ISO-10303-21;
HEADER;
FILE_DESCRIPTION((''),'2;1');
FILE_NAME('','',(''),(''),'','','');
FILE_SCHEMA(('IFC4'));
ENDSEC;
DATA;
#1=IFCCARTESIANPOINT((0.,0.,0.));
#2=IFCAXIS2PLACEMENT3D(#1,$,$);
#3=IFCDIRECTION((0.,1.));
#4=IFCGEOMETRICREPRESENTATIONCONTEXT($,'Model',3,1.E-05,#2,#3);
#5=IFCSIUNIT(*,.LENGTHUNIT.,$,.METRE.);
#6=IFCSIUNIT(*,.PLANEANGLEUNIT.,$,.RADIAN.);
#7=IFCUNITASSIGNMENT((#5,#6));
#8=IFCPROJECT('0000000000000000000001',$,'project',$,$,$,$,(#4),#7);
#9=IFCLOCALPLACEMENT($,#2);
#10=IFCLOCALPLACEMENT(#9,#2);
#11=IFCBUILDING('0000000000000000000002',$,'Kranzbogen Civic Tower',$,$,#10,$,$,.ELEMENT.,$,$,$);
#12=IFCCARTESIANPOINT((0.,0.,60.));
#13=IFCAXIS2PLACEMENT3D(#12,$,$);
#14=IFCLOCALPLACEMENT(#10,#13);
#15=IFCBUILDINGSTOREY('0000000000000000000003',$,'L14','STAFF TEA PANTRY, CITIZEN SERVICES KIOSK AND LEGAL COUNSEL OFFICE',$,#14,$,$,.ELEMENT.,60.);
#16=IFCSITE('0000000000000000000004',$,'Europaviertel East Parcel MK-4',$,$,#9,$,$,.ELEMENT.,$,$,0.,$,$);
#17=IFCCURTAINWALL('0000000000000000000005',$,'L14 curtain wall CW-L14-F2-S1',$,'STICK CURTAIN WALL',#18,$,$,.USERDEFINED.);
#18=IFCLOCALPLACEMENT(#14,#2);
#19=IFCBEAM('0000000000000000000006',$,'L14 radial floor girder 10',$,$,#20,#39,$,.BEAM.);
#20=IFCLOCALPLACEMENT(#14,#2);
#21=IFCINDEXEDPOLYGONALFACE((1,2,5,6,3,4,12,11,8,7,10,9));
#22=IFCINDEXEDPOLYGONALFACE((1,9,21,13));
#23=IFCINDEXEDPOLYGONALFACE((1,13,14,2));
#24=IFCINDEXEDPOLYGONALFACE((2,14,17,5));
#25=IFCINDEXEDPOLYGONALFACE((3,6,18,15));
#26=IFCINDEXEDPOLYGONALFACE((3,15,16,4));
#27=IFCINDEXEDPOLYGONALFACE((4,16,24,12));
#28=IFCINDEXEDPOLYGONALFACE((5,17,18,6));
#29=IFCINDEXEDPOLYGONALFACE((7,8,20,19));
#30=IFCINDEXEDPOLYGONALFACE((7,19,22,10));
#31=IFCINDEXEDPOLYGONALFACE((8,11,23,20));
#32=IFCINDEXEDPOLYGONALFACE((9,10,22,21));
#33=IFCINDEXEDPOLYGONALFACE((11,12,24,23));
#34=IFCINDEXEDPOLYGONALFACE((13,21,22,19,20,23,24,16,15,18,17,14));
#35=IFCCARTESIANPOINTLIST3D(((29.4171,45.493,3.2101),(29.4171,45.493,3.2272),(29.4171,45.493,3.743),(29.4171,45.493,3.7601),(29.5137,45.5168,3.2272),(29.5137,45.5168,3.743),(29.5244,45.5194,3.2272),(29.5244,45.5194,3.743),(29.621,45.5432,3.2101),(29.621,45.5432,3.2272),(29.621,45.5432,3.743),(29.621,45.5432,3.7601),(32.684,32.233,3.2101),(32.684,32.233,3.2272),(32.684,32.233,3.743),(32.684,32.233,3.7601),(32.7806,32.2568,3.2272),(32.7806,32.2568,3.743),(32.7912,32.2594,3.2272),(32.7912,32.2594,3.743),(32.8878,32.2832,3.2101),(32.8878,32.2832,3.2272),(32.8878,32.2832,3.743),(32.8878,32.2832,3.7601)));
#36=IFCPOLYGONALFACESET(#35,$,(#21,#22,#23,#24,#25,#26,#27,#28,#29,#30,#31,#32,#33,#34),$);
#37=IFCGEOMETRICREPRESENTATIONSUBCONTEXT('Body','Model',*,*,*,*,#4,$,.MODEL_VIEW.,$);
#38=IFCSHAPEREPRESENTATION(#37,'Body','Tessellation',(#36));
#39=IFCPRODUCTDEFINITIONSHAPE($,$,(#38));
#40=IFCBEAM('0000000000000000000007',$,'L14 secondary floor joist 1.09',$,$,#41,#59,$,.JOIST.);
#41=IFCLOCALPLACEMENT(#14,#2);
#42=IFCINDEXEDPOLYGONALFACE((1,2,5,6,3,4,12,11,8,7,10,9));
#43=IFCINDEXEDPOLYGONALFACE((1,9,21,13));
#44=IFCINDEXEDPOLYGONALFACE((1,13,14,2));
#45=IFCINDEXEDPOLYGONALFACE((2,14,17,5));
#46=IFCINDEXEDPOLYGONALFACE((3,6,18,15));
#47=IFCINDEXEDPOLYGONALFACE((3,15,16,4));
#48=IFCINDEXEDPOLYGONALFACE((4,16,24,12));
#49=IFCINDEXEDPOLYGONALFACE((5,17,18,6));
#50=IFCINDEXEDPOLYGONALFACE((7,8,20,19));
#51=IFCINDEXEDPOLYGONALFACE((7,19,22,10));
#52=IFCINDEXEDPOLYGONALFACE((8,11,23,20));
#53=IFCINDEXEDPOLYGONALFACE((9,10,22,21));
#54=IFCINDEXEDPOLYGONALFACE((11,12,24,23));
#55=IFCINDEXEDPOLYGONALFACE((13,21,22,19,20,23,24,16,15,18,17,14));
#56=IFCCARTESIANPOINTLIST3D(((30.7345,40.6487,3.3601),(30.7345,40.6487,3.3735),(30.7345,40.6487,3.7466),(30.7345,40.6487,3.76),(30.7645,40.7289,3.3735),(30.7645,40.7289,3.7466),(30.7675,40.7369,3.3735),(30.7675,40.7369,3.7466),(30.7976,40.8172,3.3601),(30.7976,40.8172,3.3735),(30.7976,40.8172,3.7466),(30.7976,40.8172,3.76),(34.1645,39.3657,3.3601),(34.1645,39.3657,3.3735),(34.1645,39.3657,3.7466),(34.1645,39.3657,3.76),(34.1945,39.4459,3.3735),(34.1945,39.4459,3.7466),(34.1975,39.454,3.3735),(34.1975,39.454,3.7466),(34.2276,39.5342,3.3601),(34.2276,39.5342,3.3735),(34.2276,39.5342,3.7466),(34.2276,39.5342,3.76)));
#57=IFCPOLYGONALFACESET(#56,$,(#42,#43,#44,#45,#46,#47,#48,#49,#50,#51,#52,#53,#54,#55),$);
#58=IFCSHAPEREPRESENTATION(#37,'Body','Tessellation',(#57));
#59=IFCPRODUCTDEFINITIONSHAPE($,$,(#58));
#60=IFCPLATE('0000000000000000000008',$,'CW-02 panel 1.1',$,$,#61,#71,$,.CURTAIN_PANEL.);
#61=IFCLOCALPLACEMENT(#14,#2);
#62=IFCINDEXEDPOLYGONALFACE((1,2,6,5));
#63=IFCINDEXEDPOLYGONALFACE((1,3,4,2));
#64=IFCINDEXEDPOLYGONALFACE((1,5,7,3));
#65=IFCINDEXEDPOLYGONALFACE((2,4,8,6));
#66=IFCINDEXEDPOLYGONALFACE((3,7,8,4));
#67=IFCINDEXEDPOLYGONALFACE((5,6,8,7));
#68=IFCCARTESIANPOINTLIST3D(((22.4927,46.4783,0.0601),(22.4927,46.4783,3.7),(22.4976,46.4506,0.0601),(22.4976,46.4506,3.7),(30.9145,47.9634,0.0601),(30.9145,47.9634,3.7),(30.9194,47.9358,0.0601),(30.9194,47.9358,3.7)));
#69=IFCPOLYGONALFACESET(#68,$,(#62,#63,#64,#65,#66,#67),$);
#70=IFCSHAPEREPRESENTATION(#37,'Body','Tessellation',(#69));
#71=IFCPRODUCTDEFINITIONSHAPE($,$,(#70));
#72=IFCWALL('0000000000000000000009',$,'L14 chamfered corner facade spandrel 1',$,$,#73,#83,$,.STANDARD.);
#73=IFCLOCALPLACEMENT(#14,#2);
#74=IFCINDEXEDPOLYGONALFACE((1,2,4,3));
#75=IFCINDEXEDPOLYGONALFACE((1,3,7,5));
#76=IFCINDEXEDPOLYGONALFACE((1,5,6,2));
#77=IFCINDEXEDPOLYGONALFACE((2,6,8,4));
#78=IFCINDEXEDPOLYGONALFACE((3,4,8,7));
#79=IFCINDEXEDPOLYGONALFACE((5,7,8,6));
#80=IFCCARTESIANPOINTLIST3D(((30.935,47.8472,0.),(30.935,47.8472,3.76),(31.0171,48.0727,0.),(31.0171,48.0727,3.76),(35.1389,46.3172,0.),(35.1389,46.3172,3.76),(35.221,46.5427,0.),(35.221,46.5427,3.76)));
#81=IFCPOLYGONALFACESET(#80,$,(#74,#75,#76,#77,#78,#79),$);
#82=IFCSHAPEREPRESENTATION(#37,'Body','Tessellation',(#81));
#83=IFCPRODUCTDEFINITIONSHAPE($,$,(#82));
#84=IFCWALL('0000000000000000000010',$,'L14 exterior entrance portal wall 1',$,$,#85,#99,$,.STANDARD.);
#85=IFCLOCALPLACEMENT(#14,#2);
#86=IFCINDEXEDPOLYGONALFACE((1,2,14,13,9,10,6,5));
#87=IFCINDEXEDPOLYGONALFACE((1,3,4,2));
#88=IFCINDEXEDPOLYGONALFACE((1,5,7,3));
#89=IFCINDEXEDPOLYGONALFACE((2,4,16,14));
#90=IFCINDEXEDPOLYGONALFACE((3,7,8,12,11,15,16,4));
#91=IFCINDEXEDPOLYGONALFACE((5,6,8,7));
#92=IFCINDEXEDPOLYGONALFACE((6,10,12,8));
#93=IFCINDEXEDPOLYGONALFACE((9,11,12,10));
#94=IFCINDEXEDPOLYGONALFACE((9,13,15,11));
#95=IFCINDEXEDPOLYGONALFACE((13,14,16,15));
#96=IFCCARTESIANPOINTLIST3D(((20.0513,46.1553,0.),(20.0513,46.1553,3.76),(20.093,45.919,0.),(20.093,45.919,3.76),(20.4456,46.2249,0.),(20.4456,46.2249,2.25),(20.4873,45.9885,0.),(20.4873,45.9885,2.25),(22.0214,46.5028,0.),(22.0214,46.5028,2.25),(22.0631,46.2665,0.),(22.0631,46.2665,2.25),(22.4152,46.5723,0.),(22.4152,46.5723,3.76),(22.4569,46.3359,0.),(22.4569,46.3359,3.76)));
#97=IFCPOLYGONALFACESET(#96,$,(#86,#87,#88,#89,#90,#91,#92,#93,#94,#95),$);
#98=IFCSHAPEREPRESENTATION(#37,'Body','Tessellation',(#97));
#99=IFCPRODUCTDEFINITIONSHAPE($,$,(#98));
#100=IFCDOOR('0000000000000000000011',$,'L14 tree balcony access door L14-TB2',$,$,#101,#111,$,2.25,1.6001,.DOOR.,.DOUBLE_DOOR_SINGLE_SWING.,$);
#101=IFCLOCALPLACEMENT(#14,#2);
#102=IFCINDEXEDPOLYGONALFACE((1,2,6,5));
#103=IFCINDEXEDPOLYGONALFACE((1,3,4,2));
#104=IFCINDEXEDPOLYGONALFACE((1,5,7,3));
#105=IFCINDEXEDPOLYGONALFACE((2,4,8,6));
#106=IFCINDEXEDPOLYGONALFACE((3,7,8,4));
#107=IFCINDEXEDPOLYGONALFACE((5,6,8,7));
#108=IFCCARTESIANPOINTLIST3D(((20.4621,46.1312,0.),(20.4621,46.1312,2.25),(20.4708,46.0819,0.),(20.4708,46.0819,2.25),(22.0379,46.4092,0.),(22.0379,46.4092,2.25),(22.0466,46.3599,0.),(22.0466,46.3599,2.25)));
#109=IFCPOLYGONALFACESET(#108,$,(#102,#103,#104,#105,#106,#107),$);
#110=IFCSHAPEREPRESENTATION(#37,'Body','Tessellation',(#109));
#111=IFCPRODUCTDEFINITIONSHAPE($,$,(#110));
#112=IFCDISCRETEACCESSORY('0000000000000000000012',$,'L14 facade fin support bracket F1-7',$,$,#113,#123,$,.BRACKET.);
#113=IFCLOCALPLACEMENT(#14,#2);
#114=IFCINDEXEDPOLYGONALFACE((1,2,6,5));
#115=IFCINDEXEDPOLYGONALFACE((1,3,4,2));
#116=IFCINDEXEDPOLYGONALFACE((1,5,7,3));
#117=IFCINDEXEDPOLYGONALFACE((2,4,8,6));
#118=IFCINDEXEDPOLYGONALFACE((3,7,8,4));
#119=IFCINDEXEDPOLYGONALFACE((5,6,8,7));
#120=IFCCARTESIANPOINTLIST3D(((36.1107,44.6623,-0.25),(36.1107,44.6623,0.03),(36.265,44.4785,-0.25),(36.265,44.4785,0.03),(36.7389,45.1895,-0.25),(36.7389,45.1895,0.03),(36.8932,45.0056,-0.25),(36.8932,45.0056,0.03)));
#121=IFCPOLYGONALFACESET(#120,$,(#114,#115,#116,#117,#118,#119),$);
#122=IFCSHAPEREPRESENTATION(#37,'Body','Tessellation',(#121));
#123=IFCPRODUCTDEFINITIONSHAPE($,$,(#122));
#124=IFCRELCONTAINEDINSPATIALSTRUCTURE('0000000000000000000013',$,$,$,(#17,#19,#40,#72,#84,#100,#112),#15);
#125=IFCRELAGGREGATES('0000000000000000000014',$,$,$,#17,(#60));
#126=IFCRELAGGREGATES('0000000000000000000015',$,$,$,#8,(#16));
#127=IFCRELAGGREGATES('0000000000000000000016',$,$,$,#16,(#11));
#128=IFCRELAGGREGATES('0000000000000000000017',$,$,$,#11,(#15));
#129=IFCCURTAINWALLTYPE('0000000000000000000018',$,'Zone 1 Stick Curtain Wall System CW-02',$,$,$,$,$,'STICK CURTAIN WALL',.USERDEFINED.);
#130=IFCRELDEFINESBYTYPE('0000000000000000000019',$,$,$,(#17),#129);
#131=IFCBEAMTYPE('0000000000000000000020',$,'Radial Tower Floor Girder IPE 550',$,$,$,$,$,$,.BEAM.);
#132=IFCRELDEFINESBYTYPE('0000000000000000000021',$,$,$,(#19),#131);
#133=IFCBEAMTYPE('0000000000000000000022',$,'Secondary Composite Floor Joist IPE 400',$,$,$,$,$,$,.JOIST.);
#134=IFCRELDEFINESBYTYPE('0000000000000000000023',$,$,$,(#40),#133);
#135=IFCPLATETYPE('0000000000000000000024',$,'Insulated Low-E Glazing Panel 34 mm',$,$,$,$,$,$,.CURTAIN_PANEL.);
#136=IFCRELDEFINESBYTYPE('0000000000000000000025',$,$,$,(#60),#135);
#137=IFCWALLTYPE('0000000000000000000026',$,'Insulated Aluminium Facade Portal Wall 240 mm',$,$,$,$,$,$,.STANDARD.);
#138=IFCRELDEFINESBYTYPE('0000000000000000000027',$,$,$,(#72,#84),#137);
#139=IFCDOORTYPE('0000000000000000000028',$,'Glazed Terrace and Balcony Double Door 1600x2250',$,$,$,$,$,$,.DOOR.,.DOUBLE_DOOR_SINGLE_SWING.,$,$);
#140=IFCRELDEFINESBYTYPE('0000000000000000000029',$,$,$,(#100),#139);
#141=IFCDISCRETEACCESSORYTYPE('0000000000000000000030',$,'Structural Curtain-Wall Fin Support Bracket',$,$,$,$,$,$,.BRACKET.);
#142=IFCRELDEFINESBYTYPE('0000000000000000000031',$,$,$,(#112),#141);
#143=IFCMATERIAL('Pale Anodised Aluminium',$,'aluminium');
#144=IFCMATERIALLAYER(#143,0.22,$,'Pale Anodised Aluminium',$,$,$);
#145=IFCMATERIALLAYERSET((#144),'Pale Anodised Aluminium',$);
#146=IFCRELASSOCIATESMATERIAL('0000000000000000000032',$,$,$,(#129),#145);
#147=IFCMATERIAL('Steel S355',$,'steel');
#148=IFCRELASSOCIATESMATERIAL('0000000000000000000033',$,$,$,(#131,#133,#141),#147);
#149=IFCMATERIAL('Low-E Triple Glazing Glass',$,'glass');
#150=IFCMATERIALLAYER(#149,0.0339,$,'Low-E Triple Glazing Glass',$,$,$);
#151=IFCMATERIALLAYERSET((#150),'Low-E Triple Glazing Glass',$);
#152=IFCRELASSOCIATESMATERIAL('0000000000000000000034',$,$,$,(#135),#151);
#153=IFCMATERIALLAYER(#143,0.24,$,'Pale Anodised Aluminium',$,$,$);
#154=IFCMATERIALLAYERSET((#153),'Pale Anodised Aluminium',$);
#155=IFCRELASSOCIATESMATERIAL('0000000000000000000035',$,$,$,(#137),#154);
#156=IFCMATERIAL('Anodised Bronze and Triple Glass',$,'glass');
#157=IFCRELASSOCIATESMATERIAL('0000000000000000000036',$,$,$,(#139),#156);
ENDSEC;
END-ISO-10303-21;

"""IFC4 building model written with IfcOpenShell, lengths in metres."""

from ifc_helpers import new_model, si_unit, direction, frame, frame_2d, origin, origin_2d, place, context, subcontext, project, spatial, rectangle, i_section, extrude, material, layer, layer_set, material_profile, profile_set, type_object, element, fill, aggregate, save


model = new_model("IFC4")

# Units and contexts
model_context = context("Model", 3, precision=1e-05, world=origin(), true_north=direction((0.0, 1.0)))
body_context = subcontext(model_context, "Body", "Model", "MODEL_VIEW")
ifc_project = project(units=[si_unit("LENGTHUNIT", "METRE"), si_unit("PLANEANGLEUNIT", "RADIAN")], contexts=[model_context])

# Site, building, storey
site_placement = place(None, origin())
site = spatial("IfcSite", under=ifc_project, at=site_placement, Name="Europaviertel East Parcel MK-4", CompositionType="ELEMENT", RefElevation=0.0)
building_placement = place(site_placement, origin())
building = spatial("IfcBuilding", under=site, at=building_placement, Name="Kranzbogen Civic Tower", CompositionType="ELEMENT")
storey_placement = place(building_placement, frame((0.0, 0.0, 60.0)))
storey = spatial("IfcBuildingStorey", under=building, at=storey_placement, Name="L14", Description="STAFF TEA PANTRY, CITIZEN SERVICES KIOSK AND LEGAL COUNSEL OFFICE", CompositionType="ELEMENT", Elevation=60.0)

# Shared definitions
ifc_material_1 = material(Name="Steel S355", Category="steel")

# Shared definitions
ifc_material_2 = material(Name="Pale Anodised Aluminium", Category="aluminium")
ifc_layer_1 = layer(ifc_material_2, 0.22, Name="Pale Anodised Aluminium")
ifc_layer_set_1 = layer_set([ifc_layer_1], Name="Pale Anodised Aluminium")
curtain_wall_type = type_object("IfcCurtainWallType", Name="Zone 1 Stick Curtain Wall System CW-02", ElementType="STICK CURTAIN WALL", PredefinedType="USERDEFINED", material=ifc_layer_set_1)

# Curtain wall
curtain_wall_1_placement = place(storey_placement, origin())
curtain_wall_1 = element("IfcCurtainWall", 1, at=curtain_wall_1_placement, inside=storey, type_object=curtain_wall_type, Name="L14 curtain wall CW-L14-F2-S1", ObjectType="STICK CURTAIN WALL", PredefinedType="USERDEFINED")

# Beams
ifc_material_profile_1 = material_profile(ifc_material_1, i_section(OverallWidth=0.21, OverallDepth=0.55, WebThickness=0.011, FlangeThickness=0.0171, at=origin_2d()), Name="IPE 550")
ifc_profile_set_1 = profile_set([ifc_material_profile_1], Name="Steel S355")
beam_type_1 = type_object("IfcBeamType", Name="Radial Tower Floor Girder IPE 550", PredefinedType="BEAM", material=ifc_profile_set_1)
beam_1_placement = place(storey_placement, frame((29.519, 45.5181, 3.4851), z_axis=(0.239215, -0.970967, 0.0), x_axis=(0.970967, 0.239215, 0.0)))
element("IfcBeam", 2, at=beam_1_placement, inside=storey, type_object=beam_type_1, Name="L14 radial floor girder 10", PredefinedType="BEAM", context=body_context, shape_type="SweptSolid", body=[
    extrude(i_section(OverallWidth=0.21, OverallDepth=0.55, WebThickness=0.011, FlangeThickness=0.0171, at=origin_2d()), origin(), (0.0, 0.0, 1.0), 13.6565),
])
ifc_material_profile_2 = material_profile(ifc_material_1, i_section(OverallWidth=0.1799, OverallDepth=0.3999, WebThickness=0.0085, FlangeThickness=0.0134, at=origin_2d()), Name="IPE 400")
ifc_profile_set_2 = profile_set([ifc_material_profile_2], Name="Steel S355")
beam_type_2 = type_object("IfcBeamType", Name="Secondary Composite Floor Joist IPE 400", PredefinedType="JOIST", material=ifc_profile_set_2)
beam_2_placement = place(storey_placement, frame((34.196, 39.45, 3.5601), z_axis=(-0.936622, 0.350342, 0.0), x_axis=(-0.350342, -0.936622, 0.0)))
element("IfcBeam", 3, at=beam_2_placement, inside=storey, type_object=beam_type_2, Name="L14 secondary floor joist 1.09", PredefinedType="JOIST", context=body_context, shape_type="SweptSolid", body=[
    extrude(i_section(OverallWidth=0.1799, OverallDepth=0.3999, WebThickness=0.0085, FlangeThickness=0.0134, at=origin_2d()), origin(), (0.0, 0.0, 1.0), 3.6621),
])

# Plate
ifc_material_3 = material(Name="Low-E Triple Glazing Glass", Category="glass")
ifc_layer_2 = layer(ifc_material_3, 0.0339, Name="Low-E Triple Glazing Glass")
ifc_layer_set_2 = layer_set([ifc_layer_2], Name="Low-E Triple Glazing Glass")
plate_type = type_object("IfcPlateType", Name="Insulated Low-E Glazing Panel 34 mm", PredefinedType="CURTAIN_PANEL", material=ifc_layer_set_2)
plate_placement = place(storey_placement, frame((26.7061, 47.207, 0.0601), z_axis=(0.0, 0.0, 1.0), x_axis=(-0.984804, -0.173667, 0.0)))
plate = element("IfcPlate", 4, at=plate_placement, type_object=plate_type, Name="CW-02 panel 1.1", PredefinedType="CURTAIN_PANEL", context=body_context, shape_type="SweptSolid", body=[
    extrude(rectangle(XDim=8.5518, YDim=0.0281, at=origin_2d()), origin(), (0.0, 0.0, 1.0), 3.6399),
])
aggregate(curtain_wall_1, [plate])

# Wall
ifc_layer_3 = layer(ifc_material_2, 0.24, Name="Pale Anodised Aluminium")
ifc_layer_set_3 = layer_set([ifc_layer_3], Name="Pale Anodised Aluminium")
wall_type = type_object("IfcWallType", Name="Insulated Aluminium Facade Portal Wall 240 mm", PredefinedType="STANDARD", material=ifc_layer_set_3)
wall_1_placement = place(storey_placement, frame((35.1799, 46.4299, 0.0), z_axis=(0.0, 0.0, 1.0), x_axis=(-0.939696, 0.34201, 0.0)))
element("IfcWall", 5, at=wall_1_placement, inside=storey, type_object=wall_type, Name="L14 chamfered corner facade spandrel 1", PredefinedType="STANDARD", context=body_context, shape_type="SweptSolid", body=[
    extrude(rectangle(XDim=4.4736, YDim=0.24, at=frame_2d((2.2368, 0.0))), origin(), (0.0, 0.0, 1.0), 3.76),
])

# Wall, opening, door
wall_2_placement = place(storey_placement, frame((22.436, 46.4541, 0.0), z_axis=(0.0, 0.0, 1.0), x_axis=(-0.984797, -0.17371, 0.0)))
wall_2 = element("IfcWall", 6, at=wall_2_placement, inside=storey, type_object=wall_type, Name="L14 exterior entrance portal wall 1", PredefinedType="STANDARD", context=body_context, shape_type="SweptSolid", body=[
    extrude(rectangle(XDim=2.4004, YDim=0.24, at=frame_2d((1.2002, 0.0))), origin(), (0.0, 0.0, 1.0), 3.76),
])
opening_placement = place(wall_2_placement, frame((0.3999, 0.0, 0.0)))
opening = element("IfcOpeningElement", 7, at=opening_placement, cuts=wall_2, PredefinedType="OPENING", context=body_context, shape_type="SweptSolid", body=[
    extrude(rectangle(XDim=1.6001, YDim=2.25, at=frame_2d((0.8, 1.125))), frame((0.0, 0.1299, 0.0), z_axis=(0.0, -1.0, 0.0), x_axis=(1.0, 0.0, 0.0)), (0.0, 0.0, 1.0), 0.26),
])
ifc_material_4 = material(Name="Anodised Bronze and Triple Glass", Category="glass")
door_type = type_object("IfcDoorType", Name="Glazed Terrace and Balcony Double Door 1600x2250", OperationType="DOUBLE_DOOR_SINGLE_SWING", PredefinedType="DOOR", material=ifc_material_4)
door_placement = place(opening_placement, frame((1.6001, 0.0, 0.0), z_axis=(0.0, 0.0, 1.0), x_axis=(-1.0, 0.0, 0.0)))
door = element("IfcDoor", 8, at=door_placement, inside=storey, type_object=door_type, Name="L14 tree balcony access door L14-TB2", OperationType="DOUBLE_DOOR_SINGLE_SWING", OverallHeight=2.25, OverallWidth=1.6001, PredefinedType="DOOR", context=body_context, shape_type="SweptSolid", body=[
    extrude(rectangle(XDim=1.6001, YDim=2.25, at=frame_2d((0.8, 1.125))), frame((0.0, 0.0249, 0.0), z_axis=(0.0, -1.0, 0.0), x_axis=(1.0, 0.0, 0.0)), (0.0, 0.0, 1.0), 0.05),
])
fill(opening, door)

# Discrete accessory
discrete_accessory_type = type_object("IfcDiscreteAccessoryType", Name="Structural Curtain-Wall Fin Support Bracket", PredefinedType="BRACKET", material=ifc_material_1)
discrete_accessory_placement = place(storey_placement, frame((36.502, 44.834, -0.25), z_axis=(0.0, 0.0, 1.0), x_axis=(0.766044, 0.642788, 0.0)))
element("IfcDiscreteAccessory", 9, at=discrete_accessory_placement, inside=storey, type_object=discrete_accessory_type, Name="L14 facade fin support bracket F1-7", PredefinedType="BRACKET", context=body_context, shape_type="SweptSolid", body=[
    extrude(rectangle(XDim=0.8201, YDim=0.24, at=origin_2d()), origin(), (0.0, 0.0, 1.0), 0.28),
])

save(model, "model.ifc")
